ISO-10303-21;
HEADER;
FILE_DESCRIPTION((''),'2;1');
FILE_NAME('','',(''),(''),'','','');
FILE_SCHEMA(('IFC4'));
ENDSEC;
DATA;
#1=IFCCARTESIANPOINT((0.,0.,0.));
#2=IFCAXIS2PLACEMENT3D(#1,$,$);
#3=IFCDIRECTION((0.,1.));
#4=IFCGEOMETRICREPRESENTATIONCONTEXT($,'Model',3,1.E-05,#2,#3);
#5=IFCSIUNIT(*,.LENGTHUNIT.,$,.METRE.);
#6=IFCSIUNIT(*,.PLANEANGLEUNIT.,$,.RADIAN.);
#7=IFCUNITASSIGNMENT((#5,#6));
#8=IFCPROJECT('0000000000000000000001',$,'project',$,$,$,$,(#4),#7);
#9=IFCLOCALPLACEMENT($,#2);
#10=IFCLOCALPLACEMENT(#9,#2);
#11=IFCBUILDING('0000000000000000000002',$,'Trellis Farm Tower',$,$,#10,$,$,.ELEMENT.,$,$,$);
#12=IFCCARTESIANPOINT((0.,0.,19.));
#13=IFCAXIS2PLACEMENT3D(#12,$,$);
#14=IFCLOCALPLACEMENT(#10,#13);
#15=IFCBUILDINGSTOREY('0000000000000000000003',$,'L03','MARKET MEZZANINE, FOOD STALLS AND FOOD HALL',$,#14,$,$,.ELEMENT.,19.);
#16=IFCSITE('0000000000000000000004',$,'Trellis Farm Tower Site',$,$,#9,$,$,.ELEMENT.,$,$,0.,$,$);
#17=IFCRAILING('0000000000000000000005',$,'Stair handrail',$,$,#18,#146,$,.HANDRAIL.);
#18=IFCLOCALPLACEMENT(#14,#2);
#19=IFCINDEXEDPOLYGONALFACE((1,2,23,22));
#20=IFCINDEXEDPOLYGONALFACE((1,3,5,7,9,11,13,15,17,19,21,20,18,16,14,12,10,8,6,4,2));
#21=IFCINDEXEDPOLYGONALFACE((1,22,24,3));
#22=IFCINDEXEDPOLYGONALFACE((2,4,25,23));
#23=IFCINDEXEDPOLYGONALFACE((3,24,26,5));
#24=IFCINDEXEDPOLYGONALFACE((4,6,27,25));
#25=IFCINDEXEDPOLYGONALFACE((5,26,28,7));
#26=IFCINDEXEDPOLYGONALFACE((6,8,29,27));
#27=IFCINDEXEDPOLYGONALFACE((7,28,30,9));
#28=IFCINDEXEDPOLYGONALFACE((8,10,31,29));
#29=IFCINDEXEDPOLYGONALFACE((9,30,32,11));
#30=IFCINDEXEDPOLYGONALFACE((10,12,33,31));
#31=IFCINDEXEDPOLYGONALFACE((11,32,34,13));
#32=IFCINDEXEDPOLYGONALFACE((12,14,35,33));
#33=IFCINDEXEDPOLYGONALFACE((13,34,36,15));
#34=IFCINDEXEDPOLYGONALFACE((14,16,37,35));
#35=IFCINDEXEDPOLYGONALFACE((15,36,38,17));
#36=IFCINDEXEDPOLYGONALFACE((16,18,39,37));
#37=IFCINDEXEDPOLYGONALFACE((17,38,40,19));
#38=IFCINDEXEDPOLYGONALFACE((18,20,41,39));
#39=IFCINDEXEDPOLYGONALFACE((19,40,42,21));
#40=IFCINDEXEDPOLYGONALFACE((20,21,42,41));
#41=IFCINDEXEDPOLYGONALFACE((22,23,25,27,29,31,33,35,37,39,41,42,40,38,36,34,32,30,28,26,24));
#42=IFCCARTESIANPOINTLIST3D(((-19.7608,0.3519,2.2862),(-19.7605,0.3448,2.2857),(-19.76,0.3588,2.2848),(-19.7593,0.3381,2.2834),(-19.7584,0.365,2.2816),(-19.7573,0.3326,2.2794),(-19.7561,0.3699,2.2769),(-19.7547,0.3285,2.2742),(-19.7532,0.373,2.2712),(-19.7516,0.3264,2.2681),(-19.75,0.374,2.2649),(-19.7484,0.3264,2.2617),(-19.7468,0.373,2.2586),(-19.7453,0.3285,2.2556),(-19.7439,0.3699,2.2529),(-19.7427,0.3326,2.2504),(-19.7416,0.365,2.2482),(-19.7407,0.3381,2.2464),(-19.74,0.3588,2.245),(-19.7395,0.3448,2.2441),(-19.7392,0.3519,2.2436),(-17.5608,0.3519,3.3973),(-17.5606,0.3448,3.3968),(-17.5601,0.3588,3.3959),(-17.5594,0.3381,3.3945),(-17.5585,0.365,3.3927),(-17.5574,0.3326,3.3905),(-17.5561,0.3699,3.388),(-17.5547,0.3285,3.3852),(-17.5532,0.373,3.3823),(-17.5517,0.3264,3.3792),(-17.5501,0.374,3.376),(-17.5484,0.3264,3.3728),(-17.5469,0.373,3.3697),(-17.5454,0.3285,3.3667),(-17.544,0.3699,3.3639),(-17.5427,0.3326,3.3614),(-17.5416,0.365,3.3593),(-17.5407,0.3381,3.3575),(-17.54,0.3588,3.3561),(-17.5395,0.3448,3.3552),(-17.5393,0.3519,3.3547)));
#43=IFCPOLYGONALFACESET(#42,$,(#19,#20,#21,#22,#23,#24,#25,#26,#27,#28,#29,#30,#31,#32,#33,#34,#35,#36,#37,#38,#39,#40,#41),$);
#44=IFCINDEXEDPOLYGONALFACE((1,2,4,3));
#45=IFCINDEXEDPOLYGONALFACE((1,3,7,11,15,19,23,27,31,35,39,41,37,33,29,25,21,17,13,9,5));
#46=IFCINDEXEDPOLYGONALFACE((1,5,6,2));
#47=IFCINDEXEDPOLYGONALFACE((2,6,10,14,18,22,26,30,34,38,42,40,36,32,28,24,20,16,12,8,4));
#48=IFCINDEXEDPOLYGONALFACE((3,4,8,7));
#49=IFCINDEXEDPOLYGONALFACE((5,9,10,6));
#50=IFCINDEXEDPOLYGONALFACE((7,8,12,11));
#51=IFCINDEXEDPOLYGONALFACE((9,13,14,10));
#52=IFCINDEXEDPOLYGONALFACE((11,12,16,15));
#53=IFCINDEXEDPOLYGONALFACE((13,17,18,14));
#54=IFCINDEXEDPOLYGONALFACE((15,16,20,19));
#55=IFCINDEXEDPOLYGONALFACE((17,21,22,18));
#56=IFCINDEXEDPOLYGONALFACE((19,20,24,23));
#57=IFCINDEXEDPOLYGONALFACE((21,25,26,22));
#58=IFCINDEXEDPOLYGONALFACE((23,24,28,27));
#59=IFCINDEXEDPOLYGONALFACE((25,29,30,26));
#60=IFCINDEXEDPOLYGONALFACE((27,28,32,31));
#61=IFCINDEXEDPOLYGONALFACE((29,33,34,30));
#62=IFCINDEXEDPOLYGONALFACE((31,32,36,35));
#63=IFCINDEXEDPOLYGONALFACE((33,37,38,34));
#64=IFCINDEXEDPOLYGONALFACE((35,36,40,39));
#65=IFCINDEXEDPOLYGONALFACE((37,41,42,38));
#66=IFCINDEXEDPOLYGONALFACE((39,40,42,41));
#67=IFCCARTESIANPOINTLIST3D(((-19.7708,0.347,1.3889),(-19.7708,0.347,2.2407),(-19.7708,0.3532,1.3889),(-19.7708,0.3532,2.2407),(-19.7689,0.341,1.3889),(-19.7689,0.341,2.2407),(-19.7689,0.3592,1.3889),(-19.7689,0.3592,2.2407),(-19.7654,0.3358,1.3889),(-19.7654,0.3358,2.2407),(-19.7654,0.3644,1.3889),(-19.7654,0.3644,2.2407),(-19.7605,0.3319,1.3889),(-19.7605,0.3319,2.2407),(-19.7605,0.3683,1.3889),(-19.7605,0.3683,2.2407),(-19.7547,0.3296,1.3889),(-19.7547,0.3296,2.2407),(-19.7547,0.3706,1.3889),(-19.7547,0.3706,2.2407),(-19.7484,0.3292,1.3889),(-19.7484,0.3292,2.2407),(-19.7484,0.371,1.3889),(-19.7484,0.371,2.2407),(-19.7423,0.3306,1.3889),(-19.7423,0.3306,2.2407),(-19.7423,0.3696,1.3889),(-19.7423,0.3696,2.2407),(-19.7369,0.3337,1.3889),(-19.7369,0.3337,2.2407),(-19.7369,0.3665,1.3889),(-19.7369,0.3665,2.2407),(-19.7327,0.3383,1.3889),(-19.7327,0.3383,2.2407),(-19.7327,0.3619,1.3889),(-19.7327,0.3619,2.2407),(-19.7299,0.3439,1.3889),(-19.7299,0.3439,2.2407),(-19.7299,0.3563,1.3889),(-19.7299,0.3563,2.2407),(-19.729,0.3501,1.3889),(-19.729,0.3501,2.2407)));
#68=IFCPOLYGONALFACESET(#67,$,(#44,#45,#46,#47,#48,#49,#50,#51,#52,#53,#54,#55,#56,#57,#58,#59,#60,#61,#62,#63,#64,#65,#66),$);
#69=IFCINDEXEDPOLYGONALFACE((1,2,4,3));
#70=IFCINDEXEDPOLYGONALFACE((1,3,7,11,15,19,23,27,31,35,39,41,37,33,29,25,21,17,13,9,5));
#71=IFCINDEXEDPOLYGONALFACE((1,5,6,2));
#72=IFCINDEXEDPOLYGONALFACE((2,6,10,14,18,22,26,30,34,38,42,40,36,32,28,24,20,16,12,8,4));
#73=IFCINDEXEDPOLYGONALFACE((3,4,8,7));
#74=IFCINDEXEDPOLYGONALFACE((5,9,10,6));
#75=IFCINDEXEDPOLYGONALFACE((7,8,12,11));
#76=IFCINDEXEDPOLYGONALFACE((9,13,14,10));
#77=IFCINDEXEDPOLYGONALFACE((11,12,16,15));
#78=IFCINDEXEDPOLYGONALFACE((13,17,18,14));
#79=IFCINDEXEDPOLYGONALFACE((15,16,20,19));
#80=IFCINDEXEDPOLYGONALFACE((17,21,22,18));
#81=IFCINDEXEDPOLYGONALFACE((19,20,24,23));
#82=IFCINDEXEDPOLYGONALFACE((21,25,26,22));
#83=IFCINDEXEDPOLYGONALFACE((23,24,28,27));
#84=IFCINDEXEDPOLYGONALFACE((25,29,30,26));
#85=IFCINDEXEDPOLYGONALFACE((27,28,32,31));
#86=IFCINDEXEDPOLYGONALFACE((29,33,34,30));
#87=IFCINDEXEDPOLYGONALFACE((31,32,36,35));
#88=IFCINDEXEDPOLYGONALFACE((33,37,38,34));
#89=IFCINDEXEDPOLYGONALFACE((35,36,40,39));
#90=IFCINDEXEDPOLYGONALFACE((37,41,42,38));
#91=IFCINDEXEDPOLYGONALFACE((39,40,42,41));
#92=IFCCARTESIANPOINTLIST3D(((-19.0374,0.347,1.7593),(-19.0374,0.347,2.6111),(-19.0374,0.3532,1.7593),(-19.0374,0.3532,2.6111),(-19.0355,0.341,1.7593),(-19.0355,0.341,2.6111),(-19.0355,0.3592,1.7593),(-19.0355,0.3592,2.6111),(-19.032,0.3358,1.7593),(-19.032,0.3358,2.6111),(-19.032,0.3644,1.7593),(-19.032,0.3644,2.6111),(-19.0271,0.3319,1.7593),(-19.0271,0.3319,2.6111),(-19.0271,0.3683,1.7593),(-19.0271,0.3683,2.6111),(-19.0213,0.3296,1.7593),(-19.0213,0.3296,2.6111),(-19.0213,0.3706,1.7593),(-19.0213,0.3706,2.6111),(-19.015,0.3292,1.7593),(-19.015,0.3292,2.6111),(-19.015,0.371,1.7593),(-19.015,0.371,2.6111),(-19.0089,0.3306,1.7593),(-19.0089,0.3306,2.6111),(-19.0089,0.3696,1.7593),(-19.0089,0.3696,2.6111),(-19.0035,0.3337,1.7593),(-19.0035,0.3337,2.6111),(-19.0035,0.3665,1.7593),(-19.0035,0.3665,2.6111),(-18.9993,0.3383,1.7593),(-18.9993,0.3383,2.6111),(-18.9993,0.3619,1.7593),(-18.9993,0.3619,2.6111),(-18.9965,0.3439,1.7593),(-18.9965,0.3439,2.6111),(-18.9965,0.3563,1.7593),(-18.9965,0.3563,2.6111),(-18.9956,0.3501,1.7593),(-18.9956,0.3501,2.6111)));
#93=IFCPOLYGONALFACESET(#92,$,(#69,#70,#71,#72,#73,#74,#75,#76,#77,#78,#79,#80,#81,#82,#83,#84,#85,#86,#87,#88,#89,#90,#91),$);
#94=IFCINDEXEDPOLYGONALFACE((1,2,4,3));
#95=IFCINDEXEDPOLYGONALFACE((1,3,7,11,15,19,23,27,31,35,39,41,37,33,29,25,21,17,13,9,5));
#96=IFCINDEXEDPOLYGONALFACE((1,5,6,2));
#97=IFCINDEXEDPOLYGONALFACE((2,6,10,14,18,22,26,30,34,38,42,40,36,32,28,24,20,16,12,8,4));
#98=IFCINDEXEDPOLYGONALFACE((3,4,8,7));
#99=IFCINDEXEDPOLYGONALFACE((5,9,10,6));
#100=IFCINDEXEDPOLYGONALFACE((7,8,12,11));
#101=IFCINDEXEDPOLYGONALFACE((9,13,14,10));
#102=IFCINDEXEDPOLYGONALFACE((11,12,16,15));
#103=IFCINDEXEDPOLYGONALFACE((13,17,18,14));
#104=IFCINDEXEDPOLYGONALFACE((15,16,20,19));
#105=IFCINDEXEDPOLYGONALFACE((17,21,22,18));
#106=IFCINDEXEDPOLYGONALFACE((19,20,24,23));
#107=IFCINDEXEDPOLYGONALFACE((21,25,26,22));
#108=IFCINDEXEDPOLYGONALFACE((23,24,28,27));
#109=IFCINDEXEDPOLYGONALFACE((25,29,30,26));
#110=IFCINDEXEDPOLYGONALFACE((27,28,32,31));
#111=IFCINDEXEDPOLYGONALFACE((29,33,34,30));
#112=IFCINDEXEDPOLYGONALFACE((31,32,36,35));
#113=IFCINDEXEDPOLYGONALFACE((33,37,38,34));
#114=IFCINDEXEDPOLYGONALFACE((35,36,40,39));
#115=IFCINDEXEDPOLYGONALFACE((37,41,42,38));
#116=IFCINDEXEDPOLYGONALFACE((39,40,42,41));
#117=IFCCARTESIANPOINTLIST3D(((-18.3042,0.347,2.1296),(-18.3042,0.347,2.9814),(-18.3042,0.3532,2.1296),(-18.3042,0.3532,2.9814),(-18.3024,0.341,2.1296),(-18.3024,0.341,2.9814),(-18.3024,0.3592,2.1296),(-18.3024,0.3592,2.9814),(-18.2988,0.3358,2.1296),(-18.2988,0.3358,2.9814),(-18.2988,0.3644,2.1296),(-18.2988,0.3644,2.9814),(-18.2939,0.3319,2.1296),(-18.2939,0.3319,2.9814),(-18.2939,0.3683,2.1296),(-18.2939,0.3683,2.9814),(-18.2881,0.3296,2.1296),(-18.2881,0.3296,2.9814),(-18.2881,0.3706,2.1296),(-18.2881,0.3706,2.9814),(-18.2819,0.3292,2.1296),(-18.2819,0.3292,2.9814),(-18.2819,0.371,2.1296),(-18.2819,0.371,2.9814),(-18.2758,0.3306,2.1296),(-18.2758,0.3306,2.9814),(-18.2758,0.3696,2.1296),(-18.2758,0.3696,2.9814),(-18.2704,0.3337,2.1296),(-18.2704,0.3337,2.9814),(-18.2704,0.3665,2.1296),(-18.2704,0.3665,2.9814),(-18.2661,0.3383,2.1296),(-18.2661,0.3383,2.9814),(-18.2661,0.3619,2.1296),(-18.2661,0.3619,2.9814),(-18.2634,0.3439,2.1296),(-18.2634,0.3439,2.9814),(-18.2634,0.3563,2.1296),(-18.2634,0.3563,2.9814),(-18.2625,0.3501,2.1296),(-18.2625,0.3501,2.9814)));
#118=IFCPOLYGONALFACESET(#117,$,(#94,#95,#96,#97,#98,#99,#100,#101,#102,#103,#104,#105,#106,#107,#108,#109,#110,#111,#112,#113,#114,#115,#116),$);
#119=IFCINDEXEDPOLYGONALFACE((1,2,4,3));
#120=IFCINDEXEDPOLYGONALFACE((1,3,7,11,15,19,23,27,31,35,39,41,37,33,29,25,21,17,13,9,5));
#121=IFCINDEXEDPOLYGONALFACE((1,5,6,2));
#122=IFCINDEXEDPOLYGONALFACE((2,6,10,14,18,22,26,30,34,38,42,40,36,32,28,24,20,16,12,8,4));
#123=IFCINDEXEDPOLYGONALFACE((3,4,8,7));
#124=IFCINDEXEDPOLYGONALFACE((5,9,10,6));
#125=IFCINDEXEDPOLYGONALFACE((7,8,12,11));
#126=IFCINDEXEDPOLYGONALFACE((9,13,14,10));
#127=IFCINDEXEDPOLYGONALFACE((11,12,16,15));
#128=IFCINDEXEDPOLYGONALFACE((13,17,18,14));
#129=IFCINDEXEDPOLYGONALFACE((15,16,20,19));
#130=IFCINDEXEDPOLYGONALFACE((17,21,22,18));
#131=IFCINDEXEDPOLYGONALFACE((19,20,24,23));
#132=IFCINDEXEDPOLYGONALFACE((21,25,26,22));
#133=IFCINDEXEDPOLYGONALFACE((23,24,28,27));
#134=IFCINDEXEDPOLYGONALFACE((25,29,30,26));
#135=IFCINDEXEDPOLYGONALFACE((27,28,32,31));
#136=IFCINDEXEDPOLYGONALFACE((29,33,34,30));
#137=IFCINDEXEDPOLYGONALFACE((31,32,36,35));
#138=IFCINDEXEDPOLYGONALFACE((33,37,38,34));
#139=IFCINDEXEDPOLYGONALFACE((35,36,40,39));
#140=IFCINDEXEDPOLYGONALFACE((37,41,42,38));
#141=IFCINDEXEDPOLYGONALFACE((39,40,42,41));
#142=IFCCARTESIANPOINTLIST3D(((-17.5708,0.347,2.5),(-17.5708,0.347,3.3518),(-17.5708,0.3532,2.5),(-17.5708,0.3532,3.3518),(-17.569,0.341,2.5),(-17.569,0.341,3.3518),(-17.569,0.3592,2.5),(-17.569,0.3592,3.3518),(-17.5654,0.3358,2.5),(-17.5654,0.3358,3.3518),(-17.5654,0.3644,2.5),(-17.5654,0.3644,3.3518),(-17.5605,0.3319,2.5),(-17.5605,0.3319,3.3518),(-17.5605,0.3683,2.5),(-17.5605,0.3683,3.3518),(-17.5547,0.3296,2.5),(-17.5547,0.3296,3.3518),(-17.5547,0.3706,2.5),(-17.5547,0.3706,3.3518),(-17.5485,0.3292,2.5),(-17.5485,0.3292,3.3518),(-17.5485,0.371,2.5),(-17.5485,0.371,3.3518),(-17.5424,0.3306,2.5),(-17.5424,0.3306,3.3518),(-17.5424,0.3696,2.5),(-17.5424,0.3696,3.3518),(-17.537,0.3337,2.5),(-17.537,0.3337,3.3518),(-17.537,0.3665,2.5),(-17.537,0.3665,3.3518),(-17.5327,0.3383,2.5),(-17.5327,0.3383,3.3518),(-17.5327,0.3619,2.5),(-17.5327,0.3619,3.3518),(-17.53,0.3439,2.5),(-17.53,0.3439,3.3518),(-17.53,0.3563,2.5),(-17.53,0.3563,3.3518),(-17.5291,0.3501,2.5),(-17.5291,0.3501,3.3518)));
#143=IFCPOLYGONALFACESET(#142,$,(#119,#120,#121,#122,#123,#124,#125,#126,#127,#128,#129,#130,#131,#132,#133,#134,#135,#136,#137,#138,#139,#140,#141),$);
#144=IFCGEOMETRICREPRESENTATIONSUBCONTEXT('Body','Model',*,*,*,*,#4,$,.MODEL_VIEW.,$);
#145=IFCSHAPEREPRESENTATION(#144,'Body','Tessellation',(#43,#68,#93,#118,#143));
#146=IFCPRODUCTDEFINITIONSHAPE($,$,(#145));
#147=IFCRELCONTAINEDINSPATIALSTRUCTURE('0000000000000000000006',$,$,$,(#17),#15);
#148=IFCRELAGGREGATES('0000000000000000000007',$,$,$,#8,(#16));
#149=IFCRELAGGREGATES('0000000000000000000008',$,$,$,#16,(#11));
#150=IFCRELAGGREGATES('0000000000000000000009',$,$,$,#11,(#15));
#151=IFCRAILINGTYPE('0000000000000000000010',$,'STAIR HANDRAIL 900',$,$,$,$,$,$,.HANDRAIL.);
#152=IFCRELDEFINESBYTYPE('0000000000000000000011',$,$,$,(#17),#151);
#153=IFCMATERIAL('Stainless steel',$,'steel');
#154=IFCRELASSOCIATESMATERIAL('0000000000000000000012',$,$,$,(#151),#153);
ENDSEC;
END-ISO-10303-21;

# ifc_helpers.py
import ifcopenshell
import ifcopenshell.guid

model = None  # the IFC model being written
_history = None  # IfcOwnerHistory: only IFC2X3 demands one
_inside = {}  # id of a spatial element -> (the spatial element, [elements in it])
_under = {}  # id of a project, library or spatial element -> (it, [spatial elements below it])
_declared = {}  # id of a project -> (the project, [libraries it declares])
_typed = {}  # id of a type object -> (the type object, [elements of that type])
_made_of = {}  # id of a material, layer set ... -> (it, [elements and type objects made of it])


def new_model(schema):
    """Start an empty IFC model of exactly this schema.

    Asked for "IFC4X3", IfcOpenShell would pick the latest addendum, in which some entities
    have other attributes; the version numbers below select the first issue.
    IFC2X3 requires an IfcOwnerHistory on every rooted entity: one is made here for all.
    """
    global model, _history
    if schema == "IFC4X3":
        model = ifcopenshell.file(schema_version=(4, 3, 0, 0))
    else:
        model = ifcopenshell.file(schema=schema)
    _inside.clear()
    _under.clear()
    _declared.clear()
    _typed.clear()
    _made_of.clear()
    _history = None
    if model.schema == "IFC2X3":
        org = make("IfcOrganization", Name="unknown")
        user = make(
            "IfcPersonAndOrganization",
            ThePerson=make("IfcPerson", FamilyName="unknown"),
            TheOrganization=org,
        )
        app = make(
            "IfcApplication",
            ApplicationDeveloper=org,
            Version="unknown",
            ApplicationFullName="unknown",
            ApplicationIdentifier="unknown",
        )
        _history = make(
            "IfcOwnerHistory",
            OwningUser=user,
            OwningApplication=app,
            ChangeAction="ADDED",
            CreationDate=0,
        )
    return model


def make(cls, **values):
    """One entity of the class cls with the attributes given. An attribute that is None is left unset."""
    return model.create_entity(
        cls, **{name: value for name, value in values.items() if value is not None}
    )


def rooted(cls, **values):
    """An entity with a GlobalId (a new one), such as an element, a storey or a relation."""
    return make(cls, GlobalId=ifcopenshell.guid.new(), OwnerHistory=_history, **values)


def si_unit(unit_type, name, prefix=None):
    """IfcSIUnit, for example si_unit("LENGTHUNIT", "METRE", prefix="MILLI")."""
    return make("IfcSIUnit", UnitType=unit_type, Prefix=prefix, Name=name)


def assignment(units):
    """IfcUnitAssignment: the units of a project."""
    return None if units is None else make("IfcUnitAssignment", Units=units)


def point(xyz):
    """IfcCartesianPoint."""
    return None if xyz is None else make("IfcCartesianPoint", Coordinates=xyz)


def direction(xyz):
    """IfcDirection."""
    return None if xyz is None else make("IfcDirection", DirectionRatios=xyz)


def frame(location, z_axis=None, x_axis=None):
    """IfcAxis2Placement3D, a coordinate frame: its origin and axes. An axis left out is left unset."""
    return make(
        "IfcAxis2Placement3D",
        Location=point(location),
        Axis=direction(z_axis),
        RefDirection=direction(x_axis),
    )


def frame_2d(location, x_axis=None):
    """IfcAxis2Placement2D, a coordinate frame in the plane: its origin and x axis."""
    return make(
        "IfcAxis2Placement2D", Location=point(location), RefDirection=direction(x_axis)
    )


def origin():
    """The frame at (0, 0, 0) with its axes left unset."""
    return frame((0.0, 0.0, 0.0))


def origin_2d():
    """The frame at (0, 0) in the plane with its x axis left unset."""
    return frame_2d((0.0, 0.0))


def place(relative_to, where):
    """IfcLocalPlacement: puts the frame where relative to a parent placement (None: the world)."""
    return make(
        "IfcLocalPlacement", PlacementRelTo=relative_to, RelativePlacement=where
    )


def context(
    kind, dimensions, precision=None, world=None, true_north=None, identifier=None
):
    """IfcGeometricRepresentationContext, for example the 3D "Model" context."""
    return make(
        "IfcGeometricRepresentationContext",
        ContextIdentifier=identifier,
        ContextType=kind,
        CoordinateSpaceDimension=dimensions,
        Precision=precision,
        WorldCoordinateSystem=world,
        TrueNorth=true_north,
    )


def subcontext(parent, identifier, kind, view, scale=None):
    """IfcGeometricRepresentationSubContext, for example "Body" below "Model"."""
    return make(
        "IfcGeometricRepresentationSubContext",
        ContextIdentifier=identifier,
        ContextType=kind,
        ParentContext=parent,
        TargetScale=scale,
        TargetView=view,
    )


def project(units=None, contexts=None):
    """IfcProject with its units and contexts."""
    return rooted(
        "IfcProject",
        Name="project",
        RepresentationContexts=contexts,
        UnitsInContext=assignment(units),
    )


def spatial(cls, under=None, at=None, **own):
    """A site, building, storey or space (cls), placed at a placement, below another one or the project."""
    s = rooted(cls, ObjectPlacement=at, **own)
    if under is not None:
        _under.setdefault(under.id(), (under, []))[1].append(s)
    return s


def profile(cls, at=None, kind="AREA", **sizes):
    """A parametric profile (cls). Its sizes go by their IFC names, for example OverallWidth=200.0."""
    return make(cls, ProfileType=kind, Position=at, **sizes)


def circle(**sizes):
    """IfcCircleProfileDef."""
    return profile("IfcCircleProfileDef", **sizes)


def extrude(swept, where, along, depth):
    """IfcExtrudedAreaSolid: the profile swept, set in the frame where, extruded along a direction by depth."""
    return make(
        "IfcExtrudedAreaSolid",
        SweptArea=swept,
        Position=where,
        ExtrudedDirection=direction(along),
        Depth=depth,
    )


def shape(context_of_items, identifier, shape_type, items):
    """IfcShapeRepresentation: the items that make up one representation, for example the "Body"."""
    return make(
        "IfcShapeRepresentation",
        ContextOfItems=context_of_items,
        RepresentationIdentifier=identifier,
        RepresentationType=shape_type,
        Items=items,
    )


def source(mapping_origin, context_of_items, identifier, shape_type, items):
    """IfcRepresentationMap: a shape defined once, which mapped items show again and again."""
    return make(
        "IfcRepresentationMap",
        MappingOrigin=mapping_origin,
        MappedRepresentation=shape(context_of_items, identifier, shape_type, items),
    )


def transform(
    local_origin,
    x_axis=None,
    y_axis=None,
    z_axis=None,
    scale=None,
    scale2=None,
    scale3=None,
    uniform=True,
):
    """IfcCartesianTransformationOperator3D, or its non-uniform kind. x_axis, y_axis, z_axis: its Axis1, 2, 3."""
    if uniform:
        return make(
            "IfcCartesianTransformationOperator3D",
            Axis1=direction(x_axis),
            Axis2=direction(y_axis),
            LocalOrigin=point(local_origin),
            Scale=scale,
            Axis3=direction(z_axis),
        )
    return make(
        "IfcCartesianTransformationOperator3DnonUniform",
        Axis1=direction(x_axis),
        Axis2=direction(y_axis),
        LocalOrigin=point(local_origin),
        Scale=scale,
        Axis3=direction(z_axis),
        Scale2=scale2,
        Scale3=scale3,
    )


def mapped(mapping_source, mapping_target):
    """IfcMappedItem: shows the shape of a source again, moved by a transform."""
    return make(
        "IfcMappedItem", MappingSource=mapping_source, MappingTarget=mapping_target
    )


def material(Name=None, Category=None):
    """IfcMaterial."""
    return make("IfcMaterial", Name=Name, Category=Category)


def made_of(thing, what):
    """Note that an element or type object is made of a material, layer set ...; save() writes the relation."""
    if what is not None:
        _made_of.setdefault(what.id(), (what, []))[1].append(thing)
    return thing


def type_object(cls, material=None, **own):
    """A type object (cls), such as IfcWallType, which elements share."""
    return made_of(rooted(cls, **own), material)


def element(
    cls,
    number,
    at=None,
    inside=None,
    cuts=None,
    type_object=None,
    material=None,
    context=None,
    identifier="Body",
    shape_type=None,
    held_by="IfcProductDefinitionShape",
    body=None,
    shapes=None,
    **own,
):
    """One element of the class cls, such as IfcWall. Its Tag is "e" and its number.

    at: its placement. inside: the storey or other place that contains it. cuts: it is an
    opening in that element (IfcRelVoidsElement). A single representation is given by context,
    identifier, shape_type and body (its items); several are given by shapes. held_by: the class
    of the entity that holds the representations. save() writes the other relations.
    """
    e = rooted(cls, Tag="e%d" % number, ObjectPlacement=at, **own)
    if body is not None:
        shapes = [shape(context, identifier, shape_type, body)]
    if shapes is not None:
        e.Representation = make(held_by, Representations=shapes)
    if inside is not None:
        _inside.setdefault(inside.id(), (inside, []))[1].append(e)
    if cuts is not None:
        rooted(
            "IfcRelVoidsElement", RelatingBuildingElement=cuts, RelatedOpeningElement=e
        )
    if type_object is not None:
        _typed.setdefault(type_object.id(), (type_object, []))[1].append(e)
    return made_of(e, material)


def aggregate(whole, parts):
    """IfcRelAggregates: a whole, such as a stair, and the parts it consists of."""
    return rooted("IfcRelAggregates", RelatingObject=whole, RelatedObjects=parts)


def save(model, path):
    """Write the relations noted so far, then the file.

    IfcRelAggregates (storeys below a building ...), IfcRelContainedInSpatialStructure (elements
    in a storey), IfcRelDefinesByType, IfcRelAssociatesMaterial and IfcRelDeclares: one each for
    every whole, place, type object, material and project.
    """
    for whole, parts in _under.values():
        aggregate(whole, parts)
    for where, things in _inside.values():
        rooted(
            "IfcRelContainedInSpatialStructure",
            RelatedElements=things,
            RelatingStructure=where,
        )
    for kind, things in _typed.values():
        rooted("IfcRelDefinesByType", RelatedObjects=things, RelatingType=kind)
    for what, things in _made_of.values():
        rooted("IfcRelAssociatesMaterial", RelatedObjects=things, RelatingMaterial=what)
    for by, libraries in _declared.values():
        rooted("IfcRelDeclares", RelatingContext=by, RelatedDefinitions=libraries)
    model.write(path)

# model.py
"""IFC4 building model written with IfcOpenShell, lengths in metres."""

from ifc_helpers import new_model, si_unit, direction, frame, origin, origin_2d, place, context, subcontext, project, spatial, circle, extrude, source, transform, mapped, material, type_object, element, save


model = new_model("IFC4")

# Units and contexts
model_context = context("Model", 3, precision=1e-05, world=origin(), true_north=direction((0.0, 1.0)))
body_context = subcontext(model_context, "Body", "Model", "MODEL_VIEW")
ifc_project = project(units=[si_unit("LENGTHUNIT", "METRE"), si_unit("PLANEANGLEUNIT", "RADIAN")], contexts=[model_context])

# Site, building, storey
site_placement = place(None, origin())
site = spatial("IfcSite", under=ifc_project, at=site_placement, Name="Trellis Farm Tower Site", CompositionType="ELEMENT", RefElevation=0.0)
building_placement = place(site_placement, origin())
building = spatial("IfcBuilding", under=site, at=building_placement, Name="Trellis Farm Tower", CompositionType="ELEMENT")
storey_placement = place(building_placement, frame((0.0, 0.0, 19.0)))
storey = spatial("IfcBuildingStorey", under=building, at=storey_placement, Name="L03", Description="MARKET MEZZANINE, FOOD STALLS AND FOOD HALL", CompositionType="ELEMENT", Elevation=19.0)

# Railing
ifc_material_1 = material(Name="Stainless steel", Category="steel")
railing_type = type_object("IfcRailingType", Name="STAIR HANDRAIL 900", PredefinedType="HANDRAIL", material=ifc_material_1)
shared_shape_1 = source(origin(), body_context, "Body", "SweptSolid", [
    extrude(circle(Radius=0.0239, at=origin_2d()), frame((0.0, 0.0, 0.876), z_axis=(0.892617, 0.0, 0.450816), x_axis=(0.0, 1.0, 0.0)), (0.0, 0.0, 1.0), 2.4646),
    extrude(circle(Radius=0.021, at=origin_2d()), origin(), (0.0, 0.0, 1.0), 0.8518),
    extrude(circle(Radius=0.021, at=origin_2d()), frame((0.7334, 0.0, 0.3704)), (0.0, 0.0, 1.0), 0.8518),
    extrude(circle(Radius=0.021, at=origin_2d()), frame((1.4666, 0.0, 0.7407)), (0.0, 0.0, 1.0), 0.8518),
    extrude(circle(Radius=0.021, at=origin_2d()), frame((2.2, 0.0, 1.1111)), (0.0, 0.0, 1.0), 0.8518),
])
for number, where, name in (
    (1, (-19.75, 0.3501, 1.3889), "Stair handrail"),
):
    element("IfcRailing", number, at=place(storey_placement, frame(where)), inside=storey, type_object=railing_type, Name=name, PredefinedType="HANDRAIL", context=body_context, shape_type="MappedRepresentation", body=[
        mapped(shared_shape_1, transform((0.0, 0.0, 0.0))),
    ])

save(model, "model.ifc")
